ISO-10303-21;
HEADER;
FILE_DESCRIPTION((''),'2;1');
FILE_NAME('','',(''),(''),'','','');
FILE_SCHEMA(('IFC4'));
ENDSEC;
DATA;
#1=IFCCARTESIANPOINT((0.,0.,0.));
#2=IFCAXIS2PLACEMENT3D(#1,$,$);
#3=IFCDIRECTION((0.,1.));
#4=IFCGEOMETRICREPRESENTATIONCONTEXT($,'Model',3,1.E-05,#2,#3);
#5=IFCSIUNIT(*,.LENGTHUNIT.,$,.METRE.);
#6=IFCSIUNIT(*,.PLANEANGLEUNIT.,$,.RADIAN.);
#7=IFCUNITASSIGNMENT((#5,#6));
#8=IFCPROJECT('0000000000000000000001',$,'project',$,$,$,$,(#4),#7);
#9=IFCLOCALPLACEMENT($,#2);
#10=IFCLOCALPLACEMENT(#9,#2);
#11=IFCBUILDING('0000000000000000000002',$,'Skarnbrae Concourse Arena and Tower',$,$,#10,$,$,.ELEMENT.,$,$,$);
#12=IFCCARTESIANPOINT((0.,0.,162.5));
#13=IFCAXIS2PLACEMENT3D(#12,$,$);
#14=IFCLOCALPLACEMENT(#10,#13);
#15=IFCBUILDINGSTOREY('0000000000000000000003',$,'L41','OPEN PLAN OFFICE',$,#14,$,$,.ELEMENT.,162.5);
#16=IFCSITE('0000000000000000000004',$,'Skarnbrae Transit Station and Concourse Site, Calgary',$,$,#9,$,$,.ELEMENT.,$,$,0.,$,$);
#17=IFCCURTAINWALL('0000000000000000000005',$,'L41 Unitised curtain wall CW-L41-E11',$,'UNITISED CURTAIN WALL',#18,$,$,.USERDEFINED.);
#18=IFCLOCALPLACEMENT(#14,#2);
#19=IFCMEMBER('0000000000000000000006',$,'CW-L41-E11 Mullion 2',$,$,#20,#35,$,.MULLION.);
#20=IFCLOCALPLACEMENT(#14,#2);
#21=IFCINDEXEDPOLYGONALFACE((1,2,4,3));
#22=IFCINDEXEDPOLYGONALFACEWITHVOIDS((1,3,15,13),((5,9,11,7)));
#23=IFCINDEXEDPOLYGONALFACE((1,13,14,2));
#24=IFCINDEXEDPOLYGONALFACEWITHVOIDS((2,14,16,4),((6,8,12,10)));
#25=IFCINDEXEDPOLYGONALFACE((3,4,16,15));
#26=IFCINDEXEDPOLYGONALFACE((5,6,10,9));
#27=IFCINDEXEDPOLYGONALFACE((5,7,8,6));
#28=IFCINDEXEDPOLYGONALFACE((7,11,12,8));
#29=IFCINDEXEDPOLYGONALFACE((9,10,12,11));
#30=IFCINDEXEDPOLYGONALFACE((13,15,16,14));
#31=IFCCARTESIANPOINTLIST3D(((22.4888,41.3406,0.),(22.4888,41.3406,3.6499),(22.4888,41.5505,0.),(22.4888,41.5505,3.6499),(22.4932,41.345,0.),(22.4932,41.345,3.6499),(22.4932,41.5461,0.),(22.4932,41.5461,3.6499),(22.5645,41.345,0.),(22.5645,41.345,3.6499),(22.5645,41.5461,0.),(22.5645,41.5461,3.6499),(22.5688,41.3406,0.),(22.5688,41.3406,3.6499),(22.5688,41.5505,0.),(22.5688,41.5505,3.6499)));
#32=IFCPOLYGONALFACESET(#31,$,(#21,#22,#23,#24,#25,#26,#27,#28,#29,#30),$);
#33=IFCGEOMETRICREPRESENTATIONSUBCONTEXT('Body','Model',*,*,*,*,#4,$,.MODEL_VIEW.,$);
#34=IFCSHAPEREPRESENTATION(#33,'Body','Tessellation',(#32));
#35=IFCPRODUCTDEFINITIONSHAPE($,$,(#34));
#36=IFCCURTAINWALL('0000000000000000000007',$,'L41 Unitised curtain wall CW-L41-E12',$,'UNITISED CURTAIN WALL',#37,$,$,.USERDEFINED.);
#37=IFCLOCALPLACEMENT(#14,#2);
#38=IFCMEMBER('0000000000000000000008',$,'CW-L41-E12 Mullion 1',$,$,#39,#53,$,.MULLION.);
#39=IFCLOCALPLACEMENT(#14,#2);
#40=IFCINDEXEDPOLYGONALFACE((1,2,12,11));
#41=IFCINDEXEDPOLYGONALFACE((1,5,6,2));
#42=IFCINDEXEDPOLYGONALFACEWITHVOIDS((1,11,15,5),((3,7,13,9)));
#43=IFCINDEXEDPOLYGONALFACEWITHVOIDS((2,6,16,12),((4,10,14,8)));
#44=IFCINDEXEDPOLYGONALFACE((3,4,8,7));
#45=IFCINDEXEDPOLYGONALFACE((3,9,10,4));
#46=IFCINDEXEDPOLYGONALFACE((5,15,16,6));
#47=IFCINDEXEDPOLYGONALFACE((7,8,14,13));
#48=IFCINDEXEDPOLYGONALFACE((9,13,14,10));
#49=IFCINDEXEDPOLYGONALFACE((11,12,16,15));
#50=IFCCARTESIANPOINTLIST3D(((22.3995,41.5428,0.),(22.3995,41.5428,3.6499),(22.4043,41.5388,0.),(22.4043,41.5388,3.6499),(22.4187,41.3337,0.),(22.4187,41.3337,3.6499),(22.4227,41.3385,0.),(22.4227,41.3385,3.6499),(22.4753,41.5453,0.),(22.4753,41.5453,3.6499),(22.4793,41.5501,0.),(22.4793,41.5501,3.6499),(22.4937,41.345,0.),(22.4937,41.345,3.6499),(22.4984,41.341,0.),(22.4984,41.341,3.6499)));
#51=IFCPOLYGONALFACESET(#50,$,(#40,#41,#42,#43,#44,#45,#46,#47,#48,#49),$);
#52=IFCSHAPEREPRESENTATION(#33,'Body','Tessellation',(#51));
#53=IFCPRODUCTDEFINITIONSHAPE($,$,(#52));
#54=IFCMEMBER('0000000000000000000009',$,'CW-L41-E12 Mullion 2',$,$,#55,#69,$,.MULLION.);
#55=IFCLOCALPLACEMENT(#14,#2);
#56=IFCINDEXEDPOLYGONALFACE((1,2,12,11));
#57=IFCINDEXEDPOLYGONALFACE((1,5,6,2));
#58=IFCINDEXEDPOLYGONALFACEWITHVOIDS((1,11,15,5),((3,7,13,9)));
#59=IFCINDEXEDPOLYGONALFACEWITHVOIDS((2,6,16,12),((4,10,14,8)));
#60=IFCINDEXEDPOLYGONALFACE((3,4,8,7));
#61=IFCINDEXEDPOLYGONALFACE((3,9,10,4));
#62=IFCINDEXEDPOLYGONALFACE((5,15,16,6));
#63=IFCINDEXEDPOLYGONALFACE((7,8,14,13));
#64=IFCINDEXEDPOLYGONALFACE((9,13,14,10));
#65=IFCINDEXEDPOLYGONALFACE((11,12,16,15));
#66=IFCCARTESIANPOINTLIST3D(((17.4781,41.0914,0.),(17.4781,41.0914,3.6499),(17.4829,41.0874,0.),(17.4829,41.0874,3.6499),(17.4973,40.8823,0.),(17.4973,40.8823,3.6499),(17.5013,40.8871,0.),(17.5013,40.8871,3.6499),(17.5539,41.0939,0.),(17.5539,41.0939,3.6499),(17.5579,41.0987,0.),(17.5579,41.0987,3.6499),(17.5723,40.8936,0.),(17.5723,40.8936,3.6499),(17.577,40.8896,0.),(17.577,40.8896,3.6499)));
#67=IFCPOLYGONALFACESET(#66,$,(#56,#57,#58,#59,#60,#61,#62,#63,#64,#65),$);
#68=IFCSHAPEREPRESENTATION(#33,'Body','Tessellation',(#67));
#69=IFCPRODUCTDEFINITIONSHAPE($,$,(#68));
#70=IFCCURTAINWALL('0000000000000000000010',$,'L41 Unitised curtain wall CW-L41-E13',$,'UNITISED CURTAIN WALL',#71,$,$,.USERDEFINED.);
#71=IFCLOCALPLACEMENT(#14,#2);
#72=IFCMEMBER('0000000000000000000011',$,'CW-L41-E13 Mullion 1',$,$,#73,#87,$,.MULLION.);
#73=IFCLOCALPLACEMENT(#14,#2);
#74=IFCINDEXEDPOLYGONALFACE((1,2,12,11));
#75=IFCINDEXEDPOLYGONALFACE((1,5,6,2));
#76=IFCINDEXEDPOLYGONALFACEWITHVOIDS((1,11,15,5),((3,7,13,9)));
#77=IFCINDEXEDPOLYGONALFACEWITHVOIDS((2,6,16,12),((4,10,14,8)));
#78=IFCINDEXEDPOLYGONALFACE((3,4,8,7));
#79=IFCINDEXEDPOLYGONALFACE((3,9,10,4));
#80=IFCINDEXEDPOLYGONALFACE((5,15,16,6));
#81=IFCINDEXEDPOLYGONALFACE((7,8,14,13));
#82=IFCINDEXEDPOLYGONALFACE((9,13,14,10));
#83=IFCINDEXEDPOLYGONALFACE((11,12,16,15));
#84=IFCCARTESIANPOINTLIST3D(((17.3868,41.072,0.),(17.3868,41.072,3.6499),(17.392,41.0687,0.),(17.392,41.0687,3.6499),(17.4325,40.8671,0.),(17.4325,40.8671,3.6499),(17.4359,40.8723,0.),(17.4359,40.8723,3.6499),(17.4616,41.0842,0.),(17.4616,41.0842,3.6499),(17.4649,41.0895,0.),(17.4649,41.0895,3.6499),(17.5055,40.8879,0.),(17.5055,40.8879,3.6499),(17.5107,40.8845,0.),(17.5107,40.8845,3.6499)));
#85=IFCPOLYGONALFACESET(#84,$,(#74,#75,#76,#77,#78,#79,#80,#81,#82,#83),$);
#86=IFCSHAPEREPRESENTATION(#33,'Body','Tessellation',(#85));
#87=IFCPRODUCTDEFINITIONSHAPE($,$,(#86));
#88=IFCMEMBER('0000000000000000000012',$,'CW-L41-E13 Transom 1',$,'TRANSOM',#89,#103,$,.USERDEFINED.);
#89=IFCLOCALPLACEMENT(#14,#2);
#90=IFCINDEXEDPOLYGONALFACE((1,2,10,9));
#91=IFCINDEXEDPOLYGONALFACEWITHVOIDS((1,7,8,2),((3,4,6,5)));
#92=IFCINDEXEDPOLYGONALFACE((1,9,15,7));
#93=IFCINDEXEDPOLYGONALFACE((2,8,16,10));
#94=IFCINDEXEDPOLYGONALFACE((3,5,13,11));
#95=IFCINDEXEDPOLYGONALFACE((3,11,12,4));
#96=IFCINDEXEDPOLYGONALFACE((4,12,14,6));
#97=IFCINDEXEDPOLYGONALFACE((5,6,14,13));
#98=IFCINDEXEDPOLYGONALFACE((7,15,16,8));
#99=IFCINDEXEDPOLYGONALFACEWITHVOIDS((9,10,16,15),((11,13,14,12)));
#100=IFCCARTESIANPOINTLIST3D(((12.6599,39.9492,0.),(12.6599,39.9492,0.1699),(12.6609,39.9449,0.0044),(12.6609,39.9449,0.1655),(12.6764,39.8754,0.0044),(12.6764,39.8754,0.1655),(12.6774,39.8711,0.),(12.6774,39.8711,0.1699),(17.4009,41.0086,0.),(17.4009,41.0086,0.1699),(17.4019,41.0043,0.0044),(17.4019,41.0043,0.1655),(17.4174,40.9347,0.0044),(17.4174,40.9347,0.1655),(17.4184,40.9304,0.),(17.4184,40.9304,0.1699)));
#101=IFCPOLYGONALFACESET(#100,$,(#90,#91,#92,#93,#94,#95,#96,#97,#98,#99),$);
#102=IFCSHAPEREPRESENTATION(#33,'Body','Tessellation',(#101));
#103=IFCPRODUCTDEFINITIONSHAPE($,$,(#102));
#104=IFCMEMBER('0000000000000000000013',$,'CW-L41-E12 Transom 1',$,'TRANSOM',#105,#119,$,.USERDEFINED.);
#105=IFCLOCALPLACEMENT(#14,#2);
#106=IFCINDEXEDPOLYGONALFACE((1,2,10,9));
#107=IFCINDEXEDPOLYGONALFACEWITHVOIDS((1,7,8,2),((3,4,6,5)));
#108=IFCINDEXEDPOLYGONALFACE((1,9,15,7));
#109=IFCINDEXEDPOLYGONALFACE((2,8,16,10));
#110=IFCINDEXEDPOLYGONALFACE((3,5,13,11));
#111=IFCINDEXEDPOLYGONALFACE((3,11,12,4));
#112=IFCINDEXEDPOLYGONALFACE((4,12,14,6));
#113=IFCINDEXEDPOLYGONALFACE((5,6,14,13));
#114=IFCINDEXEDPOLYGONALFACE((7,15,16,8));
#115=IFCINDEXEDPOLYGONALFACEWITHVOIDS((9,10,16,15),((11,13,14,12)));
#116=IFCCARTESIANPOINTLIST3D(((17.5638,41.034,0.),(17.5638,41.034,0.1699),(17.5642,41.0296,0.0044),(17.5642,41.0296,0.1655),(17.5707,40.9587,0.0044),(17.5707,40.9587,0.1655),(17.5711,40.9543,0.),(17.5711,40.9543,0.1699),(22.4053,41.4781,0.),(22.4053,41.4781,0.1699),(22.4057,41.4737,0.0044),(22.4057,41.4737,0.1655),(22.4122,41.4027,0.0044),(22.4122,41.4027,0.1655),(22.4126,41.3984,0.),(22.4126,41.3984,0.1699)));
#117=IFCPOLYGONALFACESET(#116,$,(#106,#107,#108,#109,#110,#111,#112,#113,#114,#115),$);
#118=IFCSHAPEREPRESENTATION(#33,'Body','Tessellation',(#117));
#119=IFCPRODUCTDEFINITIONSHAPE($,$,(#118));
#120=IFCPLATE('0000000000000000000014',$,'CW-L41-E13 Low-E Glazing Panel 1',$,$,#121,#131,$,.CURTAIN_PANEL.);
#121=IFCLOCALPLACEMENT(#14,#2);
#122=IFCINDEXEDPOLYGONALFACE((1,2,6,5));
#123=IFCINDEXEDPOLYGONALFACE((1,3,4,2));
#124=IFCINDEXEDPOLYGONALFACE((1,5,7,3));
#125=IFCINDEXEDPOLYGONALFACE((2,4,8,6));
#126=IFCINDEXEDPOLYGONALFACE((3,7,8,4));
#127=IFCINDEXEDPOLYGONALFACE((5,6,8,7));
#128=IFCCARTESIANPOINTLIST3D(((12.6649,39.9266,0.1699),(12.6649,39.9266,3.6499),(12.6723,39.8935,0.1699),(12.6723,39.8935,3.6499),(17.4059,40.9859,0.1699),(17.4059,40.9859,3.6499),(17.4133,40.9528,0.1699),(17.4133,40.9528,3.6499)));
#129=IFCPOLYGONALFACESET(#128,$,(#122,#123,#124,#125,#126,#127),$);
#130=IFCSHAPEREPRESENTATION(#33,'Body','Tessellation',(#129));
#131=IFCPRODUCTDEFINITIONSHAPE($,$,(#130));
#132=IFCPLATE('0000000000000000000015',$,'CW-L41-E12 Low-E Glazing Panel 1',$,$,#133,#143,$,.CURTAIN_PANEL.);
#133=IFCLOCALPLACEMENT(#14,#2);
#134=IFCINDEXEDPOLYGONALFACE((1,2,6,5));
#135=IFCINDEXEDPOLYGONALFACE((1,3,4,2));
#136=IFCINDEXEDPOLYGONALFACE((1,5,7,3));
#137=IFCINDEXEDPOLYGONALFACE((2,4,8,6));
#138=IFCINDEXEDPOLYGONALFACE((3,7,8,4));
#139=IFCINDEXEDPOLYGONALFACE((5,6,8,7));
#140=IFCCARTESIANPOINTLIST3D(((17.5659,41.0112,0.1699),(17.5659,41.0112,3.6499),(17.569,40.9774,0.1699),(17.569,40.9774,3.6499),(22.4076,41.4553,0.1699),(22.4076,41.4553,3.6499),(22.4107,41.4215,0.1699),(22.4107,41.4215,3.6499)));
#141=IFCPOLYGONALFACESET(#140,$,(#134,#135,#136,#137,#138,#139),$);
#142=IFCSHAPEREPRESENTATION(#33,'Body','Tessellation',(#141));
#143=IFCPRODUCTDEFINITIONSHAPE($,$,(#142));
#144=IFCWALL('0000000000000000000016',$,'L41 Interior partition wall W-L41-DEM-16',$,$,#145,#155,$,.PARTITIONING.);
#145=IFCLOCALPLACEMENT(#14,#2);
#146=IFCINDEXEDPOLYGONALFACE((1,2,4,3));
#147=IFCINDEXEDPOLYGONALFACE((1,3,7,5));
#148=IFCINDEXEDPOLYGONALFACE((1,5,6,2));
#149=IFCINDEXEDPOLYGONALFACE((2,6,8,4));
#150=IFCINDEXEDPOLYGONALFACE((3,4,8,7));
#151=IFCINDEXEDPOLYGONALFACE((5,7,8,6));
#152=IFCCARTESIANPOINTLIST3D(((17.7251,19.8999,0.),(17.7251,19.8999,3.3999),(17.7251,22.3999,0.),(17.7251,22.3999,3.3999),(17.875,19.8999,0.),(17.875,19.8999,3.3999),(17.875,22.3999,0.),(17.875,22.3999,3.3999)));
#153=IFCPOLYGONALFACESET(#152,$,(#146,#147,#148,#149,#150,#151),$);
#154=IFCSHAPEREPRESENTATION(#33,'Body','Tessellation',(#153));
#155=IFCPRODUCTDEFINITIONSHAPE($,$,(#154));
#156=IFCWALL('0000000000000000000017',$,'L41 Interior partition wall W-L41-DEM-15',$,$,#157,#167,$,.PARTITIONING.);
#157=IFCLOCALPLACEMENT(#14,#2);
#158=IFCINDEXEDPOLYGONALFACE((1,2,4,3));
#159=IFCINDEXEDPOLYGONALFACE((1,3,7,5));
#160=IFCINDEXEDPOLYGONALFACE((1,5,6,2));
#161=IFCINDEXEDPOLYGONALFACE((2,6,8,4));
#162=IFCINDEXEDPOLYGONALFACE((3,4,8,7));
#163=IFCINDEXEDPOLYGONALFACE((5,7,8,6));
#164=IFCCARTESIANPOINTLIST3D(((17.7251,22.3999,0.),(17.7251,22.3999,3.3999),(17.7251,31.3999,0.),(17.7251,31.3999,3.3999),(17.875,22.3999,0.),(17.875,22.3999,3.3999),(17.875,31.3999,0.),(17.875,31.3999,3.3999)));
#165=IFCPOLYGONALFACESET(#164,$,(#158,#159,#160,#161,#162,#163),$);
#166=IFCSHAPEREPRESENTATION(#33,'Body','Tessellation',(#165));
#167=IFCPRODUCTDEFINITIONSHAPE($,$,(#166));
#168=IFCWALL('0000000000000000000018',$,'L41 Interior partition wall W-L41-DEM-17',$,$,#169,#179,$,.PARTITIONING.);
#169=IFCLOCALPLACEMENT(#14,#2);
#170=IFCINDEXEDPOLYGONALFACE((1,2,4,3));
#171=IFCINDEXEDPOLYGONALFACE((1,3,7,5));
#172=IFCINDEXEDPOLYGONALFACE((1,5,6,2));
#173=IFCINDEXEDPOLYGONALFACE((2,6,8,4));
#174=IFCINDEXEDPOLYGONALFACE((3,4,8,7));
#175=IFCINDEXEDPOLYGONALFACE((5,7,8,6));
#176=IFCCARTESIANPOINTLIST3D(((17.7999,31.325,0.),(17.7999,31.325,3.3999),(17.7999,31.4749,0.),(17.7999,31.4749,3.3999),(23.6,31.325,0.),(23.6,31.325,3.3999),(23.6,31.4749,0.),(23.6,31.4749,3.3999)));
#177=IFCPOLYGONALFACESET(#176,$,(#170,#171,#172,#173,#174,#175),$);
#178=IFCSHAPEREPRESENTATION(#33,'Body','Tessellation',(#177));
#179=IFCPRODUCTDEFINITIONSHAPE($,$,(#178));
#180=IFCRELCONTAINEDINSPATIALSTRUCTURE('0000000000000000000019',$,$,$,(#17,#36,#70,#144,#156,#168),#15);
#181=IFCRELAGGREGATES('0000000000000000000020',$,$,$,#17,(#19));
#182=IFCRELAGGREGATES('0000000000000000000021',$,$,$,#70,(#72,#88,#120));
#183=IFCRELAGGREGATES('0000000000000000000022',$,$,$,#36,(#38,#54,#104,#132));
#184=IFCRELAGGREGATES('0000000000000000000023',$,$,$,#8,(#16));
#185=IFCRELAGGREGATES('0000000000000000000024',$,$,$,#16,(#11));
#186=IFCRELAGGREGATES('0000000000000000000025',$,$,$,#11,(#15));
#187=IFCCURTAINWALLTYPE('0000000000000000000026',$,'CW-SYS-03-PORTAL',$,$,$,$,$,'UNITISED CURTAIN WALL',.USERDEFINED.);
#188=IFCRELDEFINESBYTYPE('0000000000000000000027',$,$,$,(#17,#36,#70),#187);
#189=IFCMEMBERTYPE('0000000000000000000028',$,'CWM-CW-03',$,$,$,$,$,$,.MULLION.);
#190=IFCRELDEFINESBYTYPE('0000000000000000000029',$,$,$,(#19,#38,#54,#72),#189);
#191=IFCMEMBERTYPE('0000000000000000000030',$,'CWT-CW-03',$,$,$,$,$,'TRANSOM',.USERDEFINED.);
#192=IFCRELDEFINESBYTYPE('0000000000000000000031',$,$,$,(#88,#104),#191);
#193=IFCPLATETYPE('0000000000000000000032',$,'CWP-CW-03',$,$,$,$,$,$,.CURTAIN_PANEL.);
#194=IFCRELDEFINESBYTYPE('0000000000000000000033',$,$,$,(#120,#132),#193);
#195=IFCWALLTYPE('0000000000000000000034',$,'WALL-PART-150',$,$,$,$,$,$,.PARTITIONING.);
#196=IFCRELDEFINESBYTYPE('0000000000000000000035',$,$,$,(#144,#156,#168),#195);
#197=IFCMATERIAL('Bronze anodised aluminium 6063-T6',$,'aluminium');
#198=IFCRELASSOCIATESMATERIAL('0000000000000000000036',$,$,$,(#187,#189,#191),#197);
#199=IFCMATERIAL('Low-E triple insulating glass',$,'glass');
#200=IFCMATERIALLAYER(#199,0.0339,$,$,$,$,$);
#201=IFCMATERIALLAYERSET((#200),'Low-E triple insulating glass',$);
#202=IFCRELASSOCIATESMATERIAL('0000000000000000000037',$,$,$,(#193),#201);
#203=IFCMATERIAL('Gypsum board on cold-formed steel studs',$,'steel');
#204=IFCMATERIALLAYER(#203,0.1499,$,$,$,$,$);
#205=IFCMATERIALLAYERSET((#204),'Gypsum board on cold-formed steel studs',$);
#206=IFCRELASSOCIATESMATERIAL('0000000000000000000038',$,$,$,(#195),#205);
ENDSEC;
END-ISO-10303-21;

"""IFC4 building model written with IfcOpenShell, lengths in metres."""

from ifc_helpers import new_model, si_unit, direction, frame, frame_2d, origin, origin_2d, place, context, subcontext, project, spatial, rectangle, hollow_rectangle, extrude, source, transform, mapped, material, layer, layer_set, material_profile, profile_set, type_object, element, aggregate, save


model = new_model("IFC4")

# Units and contexts
model_context = context("Model", 3, precision=1e-05, world=origin(), true_north=direction((0.0, 1.0)))
body_context = subcontext(model_context, "Body", "Model", "MODEL_VIEW")
ifc_project = project(units=[si_unit("LENGTHUNIT", "METRE"), si_unit("PLANEANGLEUNIT", "RADIAN")], contexts=[model_context])

# Site, building, storey
site_placement = place(None, origin())
site = spatial("IfcSite", under=ifc_project, at=site_placement, Name="Skarnbrae Transit Station and Concourse Site, Calgary", CompositionType="ELEMENT", RefElevation=0.0)
building_placement = place(site_placement, origin())
building = spatial("IfcBuilding", under=site, at=building_placement, Name="Skarnbrae Concourse Arena and Tower", CompositionType="ELEMENT")
storey_placement = place(building_placement, frame((0.0, 0.0, 162.5)))
storey = spatial("IfcBuildingStorey", under=building, at=storey_placement, Name="L41", Description="OPEN PLAN OFFICE", CompositionType="ELEMENT", Elevation=162.5)

# Curtain wall, member
ifc_material_1 = material(Name="Bronze anodised aluminium 6063-T6", Category="aluminium")
curtain_wall_type = type_object("IfcCurtainWallType", Name="CW-SYS-03-PORTAL", ElementType="UNITISED CURTAIN WALL", PredefinedType="USERDEFINED", material=ifc_material_1)
curtain_wall_1_placement = place(storey_placement, origin())
curtain_wall_1 = element("IfcCurtainWall", 1, at=curtain_wall_1_placement, inside=storey, type_object=curtain_wall_type, Name="L41 Unitised curtain wall CW-L41-E11", ObjectType="UNITISED CURTAIN WALL", PredefinedType="USERDEFINED")
ifc_material_profile_1 = material_profile(ifc_material_1, hollow_rectangle(XDim=0.0801, YDim=0.21, WallThickness=0.0044, at=origin_2d()), Name="ALU-MULL-80X210")
ifc_profile_set_1 = profile_set([ifc_material_profile_1], Name="Bronze anodised aluminium 6063-T6")
member_type_1 = type_object("IfcMemberType", Name="CWM-CW-03", PredefinedType="MULLION", material=ifc_profile_set_1)
shared_shape_1 = source(origin(), body_context, "Body", "SweptSolid", [
    extrude(hollow_rectangle(XDim=0.0801, YDim=0.21, WallThickness=0.0044, at=origin_2d()), origin(), (0.0, 0.0, 1.0), 3.6499),
])
member_1_placement = place(storey_placement, frame((22.5288, 41.4456, 0.0), z_axis=(0.0, 0.0, 1.0), x_axis=(-1.0, 0.0, 0.0)))
member_1 = element("IfcMember", 2, at=member_1_placement, type_object=member_type_1, Name="CW-L41-E11 Mullion 2", PredefinedType="MULLION", context=body_context, shape_type="MappedRepresentation", body=[
    mapped(shared_shape_1, transform((0.0, 0.0, 0.0))),
])
aggregate(curtain_wall_1, [member_1])

# Curtain walls, members
curtain_wall_2_placement = place(storey_placement, origin())
curtain_wall_2 = element("IfcCurtainWall", 3, at=curtain_wall_2_placement, inside=storey, type_object=curtain_wall_type, Name="L41 Unitised curtain wall CW-L41-E12", ObjectType="UNITISED CURTAIN WALL", PredefinedType="USERDEFINED")
member_2_placement = place(storey_placement, frame((22.449, 41.4419, 0.0), z_axis=(0.0, 0.0, 1.0), x_axis=(-0.99582, -0.091338, 0.0)))
member_2 = element("IfcMember", 4, at=member_2_placement, type_object=member_type_1, Name="CW-L41-E12 Mullion 1", PredefinedType="MULLION", context=body_context, shape_type="MappedRepresentation", body=[
    mapped(shared_shape_1, transform((0.0, 0.0, 0.0))),
])
member_3_placement = place(storey_placement, frame((17.5276, 40.9905, 0.0), z_axis=(0.0, 0.0, 1.0), x_axis=(-0.99582, -0.091338, 0.0)))
member_3 = element("IfcMember", 5, at=member_3_placement, type_object=member_type_1, Name="CW-L41-E12 Mullion 2", PredefinedType="MULLION", context=body_context, shape_type="MappedRepresentation", body=[
    mapped(shared_shape_1, transform((0.0, 0.0, 0.0))),
])
curtain_wall_3_placement = place(storey_placement, origin())
curtain_wall_3 = element("IfcCurtainWall", 6, at=curtain_wall_3_placement, inside=storey, type_object=curtain_wall_type, Name="L41 Unitised curtain wall CW-L41-E13", ObjectType="UNITISED CURTAIN WALL", PredefinedType="USERDEFINED")
member_4_placement = place(storey_placement, frame((17.4487, 40.9783, 0.0), z_axis=(0.0, 0.0, 1.0), x_axis=(-0.975936, -0.218056, 0.0)))
member_4 = element("IfcMember", 7, at=member_4_placement, type_object=member_type_1, Name="CW-L41-E13 Mullion 1", PredefinedType="MULLION", context=body_context, shape_type="MappedRepresentation", body=[
    mapped(shared_shape_1, transform((0.0, 0.0, 0.0))),
])
ifc_material_profile_2 = material_profile(ifc_material_1, hollow_rectangle(XDim=0.0801, YDim=0.1699, WallThickness=0.0044, at=origin_2d()), Name="ALU-TRAN-80X170")
ifc_profile_set_2 = profile_set([ifc_material_profile_2], Name="Bronze anodised aluminium 6063-T6")
member_type_2 = type_object("IfcMemberType", Name="CWT-CW-03", ElementType="TRANSOM", PredefinedType="USERDEFINED", material=ifc_profile_set_2)
shared_shape_2 = source(origin(), body_context, "Body", "SweptSolid", [
    extrude(hollow_rectangle(XDim=0.0801, YDim=0.1699, WallThickness=0.0044, at=origin_2d()), origin(), (0.0, 0.0, 1.0), 4.8579),
])
member_5_placement = place(storey_placement, frame((17.4097, 40.9695, 0.085), z_axis=(-0.975935, -0.218064, 0.0), x_axis=(0.218064, -0.975935, 0.0)))
member_5 = element("IfcMember", 8, at=member_5_placement, type_object=member_type_2, Name="CW-L41-E13 Transom 1", ObjectType="TRANSOM", PredefinedType="USERDEFINED", context=body_context, shape_type="MappedRepresentation", body=[
    mapped(shared_shape_2, transform((0.0, 0.0, 0.0))),
])

# Member
shared_shape_3 = source(origin(), body_context, "Body", "SweptSolid", [
    extrude(hollow_rectangle(XDim=0.0801, YDim=0.1699, WallThickness=0.0044, at=origin_2d()), origin(), (0.0, 0.0, 1.0), 4.8618),
])
member_6_placement = place(storey_placement, frame((22.4089, 41.4382, 0.085), z_axis=(-0.99582, -0.091342, 0.0), x_axis=(0.091342, -0.99582, 0.0)))
member_6 = element("IfcMember", 9, at=member_6_placement, type_object=member_type_2, Name="CW-L41-E12 Transom 1", ObjectType="TRANSOM", PredefinedType="USERDEFINED", context=body_context, shape_type="MappedRepresentation", body=[
    mapped(shared_shape_3, transform((0.0, 0.0, 0.0))),
])

# Plates
ifc_material_2 = material(Name="Low-E triple insulating glass", Category="glass")
ifc_layer_1 = layer(ifc_material_2, 0.0339)
ifc_layer_set_1 = layer_set([ifc_layer_1], Name="Low-E triple insulating glass")
plate_type = type_object("IfcPlateType", Name="CWP-CW-03", PredefinedType="CURTAIN_PANEL", material=ifc_layer_set_1)
shared_shape_4 = source(origin(), body_context, "Body", "SweptSolid", [
    extrude(rectangle(XDim=4.8579, YDim=0.0339, at=origin_2d()), origin(), (0.0, 0.0, 1.0), 3.48),
])
plate_1_placement = place(storey_placement, frame((15.0391, 40.4397, 0.1699), z_axis=(0.0, 0.0, 1.0), x_axis=(-0.975936, -0.218056, 0.0)))
plate_1 = element("IfcPlate", 10, at=plate_1_placement, type_object=plate_type, Name="CW-L41-E13 Low-E Glazing Panel 1", PredefinedType="CURTAIN_PANEL", context=body_context, shape_type="MappedRepresentation", body=[
    mapped(shared_shape_4, transform((0.0, 0.0, 0.0))),
])
aggregate(curtain_wall_3, [member_4, member_5, plate_1])
shared_shape_5 = source(origin(), body_context, "Body", "SweptSolid", [
    extrude(rectangle(XDim=4.8621, YDim=0.0339, at=origin_2d()), origin(), (0.0, 0.0, 1.0), 3.48),
])
plate_2_placement = place(storey_placement, frame((19.9883, 41.2163, 0.1699), z_axis=(0.0, 0.0, 1.0), x_axis=(-0.99582, -0.091338, 0.0)))
plate_2 = element("IfcPlate", 11, at=plate_2_placement, type_object=plate_type, Name="CW-L41-E12 Low-E Glazing Panel 1", PredefinedType="CURTAIN_PANEL", context=body_context, shape_type="MappedRepresentation", body=[
    mapped(shared_shape_5, transform((0.0, 0.0, 0.0))),
])
aggregate(curtain_wall_2, [member_2, member_3, member_6, plate_2])

# Walls
ifc_material_3 = material(Name="Gypsum board on cold-formed steel studs", Category="steel")
ifc_layer_2 = layer(ifc_material_3, 0.1499)
ifc_layer_set_2 = layer_set([ifc_layer_2], Name="Gypsum board on cold-formed steel studs")
wall_type = type_object("IfcWallType", Name="WALL-PART-150", PredefinedType="PARTITIONING", material=ifc_layer_set_2)
shared_shape_6 = source(origin(), body_context, "Body", "SweptSolid", [
    extrude(rectangle(XDim=2.5, YDim=0.1499, at=frame_2d((1.25, 0.0))), origin(), (0.0, 0.0, 1.0), 3.3999),
])
wall_1_placement = place(storey_placement, frame((17.8, 22.3999, 0.0), z_axis=(0.0, 0.0, 1.0), x_axis=(0.0, -1.0, 0.0)))
element("IfcWall", 12, at=wall_1_placement, inside=storey, type_object=wall_type, Name="L41 Interior partition wall W-L41-DEM-16", PredefinedType="PARTITIONING", context=body_context, shape_type="MappedRepresentation", body=[
    mapped(shared_shape_6, transform((0.0, 0.0, 0.0))),
])
shared_shape_7 = source(origin(), body_context, "Body", "SweptSolid", [
    extrude(rectangle(XDim=9.0, YDim=0.1499, at=frame_2d((4.5, 0.0))), origin(), (0.0, 0.0, 1.0), 3.3999),
])
wall_2_placement = place(storey_placement, frame((17.8, 31.3999, 0.0), z_axis=(0.0, 0.0, 1.0), x_axis=(0.0, -1.0, 0.0)))
element("IfcWall", 13, at=wall_2_placement, inside=storey, type_object=wall_type, Name="L41 Interior partition wall W-L41-DEM-15", PredefinedType="PARTITIONING", context=body_context, shape_type="MappedRepresentation", body=[
    mapped(shared_shape_7, transform((0.0, 0.0, 0.0))),
])
shared_shape_8 = source(origin(), body_context, "Body", "SweptSolid", [
    extrude(rectangle(XDim=5.8, YDim=0.1499, at=frame_2d((2.8999, 0.0))), origin(), (0.0, 0.0, 1.0), 3.3999),
])
wall_3_placement = place(storey_placement, frame((17.8, 31.3999, 0.0), z_axis=(0.0, 0.0, 1.0), x_axis=(1.0, 0.0, 0.0)))
element("IfcWall", 14, at=wall_3_placement, inside=storey, type_object=wall_type, Name="L41 Interior partition wall W-L41-DEM-17", PredefinedType="PARTITIONING", context=body_context, shape_type="MappedRepresentation", body=[
    mapped(shared_shape_8, transform((0.0, 0.0, 0.0))),
])

save(model, "model.ifc")
